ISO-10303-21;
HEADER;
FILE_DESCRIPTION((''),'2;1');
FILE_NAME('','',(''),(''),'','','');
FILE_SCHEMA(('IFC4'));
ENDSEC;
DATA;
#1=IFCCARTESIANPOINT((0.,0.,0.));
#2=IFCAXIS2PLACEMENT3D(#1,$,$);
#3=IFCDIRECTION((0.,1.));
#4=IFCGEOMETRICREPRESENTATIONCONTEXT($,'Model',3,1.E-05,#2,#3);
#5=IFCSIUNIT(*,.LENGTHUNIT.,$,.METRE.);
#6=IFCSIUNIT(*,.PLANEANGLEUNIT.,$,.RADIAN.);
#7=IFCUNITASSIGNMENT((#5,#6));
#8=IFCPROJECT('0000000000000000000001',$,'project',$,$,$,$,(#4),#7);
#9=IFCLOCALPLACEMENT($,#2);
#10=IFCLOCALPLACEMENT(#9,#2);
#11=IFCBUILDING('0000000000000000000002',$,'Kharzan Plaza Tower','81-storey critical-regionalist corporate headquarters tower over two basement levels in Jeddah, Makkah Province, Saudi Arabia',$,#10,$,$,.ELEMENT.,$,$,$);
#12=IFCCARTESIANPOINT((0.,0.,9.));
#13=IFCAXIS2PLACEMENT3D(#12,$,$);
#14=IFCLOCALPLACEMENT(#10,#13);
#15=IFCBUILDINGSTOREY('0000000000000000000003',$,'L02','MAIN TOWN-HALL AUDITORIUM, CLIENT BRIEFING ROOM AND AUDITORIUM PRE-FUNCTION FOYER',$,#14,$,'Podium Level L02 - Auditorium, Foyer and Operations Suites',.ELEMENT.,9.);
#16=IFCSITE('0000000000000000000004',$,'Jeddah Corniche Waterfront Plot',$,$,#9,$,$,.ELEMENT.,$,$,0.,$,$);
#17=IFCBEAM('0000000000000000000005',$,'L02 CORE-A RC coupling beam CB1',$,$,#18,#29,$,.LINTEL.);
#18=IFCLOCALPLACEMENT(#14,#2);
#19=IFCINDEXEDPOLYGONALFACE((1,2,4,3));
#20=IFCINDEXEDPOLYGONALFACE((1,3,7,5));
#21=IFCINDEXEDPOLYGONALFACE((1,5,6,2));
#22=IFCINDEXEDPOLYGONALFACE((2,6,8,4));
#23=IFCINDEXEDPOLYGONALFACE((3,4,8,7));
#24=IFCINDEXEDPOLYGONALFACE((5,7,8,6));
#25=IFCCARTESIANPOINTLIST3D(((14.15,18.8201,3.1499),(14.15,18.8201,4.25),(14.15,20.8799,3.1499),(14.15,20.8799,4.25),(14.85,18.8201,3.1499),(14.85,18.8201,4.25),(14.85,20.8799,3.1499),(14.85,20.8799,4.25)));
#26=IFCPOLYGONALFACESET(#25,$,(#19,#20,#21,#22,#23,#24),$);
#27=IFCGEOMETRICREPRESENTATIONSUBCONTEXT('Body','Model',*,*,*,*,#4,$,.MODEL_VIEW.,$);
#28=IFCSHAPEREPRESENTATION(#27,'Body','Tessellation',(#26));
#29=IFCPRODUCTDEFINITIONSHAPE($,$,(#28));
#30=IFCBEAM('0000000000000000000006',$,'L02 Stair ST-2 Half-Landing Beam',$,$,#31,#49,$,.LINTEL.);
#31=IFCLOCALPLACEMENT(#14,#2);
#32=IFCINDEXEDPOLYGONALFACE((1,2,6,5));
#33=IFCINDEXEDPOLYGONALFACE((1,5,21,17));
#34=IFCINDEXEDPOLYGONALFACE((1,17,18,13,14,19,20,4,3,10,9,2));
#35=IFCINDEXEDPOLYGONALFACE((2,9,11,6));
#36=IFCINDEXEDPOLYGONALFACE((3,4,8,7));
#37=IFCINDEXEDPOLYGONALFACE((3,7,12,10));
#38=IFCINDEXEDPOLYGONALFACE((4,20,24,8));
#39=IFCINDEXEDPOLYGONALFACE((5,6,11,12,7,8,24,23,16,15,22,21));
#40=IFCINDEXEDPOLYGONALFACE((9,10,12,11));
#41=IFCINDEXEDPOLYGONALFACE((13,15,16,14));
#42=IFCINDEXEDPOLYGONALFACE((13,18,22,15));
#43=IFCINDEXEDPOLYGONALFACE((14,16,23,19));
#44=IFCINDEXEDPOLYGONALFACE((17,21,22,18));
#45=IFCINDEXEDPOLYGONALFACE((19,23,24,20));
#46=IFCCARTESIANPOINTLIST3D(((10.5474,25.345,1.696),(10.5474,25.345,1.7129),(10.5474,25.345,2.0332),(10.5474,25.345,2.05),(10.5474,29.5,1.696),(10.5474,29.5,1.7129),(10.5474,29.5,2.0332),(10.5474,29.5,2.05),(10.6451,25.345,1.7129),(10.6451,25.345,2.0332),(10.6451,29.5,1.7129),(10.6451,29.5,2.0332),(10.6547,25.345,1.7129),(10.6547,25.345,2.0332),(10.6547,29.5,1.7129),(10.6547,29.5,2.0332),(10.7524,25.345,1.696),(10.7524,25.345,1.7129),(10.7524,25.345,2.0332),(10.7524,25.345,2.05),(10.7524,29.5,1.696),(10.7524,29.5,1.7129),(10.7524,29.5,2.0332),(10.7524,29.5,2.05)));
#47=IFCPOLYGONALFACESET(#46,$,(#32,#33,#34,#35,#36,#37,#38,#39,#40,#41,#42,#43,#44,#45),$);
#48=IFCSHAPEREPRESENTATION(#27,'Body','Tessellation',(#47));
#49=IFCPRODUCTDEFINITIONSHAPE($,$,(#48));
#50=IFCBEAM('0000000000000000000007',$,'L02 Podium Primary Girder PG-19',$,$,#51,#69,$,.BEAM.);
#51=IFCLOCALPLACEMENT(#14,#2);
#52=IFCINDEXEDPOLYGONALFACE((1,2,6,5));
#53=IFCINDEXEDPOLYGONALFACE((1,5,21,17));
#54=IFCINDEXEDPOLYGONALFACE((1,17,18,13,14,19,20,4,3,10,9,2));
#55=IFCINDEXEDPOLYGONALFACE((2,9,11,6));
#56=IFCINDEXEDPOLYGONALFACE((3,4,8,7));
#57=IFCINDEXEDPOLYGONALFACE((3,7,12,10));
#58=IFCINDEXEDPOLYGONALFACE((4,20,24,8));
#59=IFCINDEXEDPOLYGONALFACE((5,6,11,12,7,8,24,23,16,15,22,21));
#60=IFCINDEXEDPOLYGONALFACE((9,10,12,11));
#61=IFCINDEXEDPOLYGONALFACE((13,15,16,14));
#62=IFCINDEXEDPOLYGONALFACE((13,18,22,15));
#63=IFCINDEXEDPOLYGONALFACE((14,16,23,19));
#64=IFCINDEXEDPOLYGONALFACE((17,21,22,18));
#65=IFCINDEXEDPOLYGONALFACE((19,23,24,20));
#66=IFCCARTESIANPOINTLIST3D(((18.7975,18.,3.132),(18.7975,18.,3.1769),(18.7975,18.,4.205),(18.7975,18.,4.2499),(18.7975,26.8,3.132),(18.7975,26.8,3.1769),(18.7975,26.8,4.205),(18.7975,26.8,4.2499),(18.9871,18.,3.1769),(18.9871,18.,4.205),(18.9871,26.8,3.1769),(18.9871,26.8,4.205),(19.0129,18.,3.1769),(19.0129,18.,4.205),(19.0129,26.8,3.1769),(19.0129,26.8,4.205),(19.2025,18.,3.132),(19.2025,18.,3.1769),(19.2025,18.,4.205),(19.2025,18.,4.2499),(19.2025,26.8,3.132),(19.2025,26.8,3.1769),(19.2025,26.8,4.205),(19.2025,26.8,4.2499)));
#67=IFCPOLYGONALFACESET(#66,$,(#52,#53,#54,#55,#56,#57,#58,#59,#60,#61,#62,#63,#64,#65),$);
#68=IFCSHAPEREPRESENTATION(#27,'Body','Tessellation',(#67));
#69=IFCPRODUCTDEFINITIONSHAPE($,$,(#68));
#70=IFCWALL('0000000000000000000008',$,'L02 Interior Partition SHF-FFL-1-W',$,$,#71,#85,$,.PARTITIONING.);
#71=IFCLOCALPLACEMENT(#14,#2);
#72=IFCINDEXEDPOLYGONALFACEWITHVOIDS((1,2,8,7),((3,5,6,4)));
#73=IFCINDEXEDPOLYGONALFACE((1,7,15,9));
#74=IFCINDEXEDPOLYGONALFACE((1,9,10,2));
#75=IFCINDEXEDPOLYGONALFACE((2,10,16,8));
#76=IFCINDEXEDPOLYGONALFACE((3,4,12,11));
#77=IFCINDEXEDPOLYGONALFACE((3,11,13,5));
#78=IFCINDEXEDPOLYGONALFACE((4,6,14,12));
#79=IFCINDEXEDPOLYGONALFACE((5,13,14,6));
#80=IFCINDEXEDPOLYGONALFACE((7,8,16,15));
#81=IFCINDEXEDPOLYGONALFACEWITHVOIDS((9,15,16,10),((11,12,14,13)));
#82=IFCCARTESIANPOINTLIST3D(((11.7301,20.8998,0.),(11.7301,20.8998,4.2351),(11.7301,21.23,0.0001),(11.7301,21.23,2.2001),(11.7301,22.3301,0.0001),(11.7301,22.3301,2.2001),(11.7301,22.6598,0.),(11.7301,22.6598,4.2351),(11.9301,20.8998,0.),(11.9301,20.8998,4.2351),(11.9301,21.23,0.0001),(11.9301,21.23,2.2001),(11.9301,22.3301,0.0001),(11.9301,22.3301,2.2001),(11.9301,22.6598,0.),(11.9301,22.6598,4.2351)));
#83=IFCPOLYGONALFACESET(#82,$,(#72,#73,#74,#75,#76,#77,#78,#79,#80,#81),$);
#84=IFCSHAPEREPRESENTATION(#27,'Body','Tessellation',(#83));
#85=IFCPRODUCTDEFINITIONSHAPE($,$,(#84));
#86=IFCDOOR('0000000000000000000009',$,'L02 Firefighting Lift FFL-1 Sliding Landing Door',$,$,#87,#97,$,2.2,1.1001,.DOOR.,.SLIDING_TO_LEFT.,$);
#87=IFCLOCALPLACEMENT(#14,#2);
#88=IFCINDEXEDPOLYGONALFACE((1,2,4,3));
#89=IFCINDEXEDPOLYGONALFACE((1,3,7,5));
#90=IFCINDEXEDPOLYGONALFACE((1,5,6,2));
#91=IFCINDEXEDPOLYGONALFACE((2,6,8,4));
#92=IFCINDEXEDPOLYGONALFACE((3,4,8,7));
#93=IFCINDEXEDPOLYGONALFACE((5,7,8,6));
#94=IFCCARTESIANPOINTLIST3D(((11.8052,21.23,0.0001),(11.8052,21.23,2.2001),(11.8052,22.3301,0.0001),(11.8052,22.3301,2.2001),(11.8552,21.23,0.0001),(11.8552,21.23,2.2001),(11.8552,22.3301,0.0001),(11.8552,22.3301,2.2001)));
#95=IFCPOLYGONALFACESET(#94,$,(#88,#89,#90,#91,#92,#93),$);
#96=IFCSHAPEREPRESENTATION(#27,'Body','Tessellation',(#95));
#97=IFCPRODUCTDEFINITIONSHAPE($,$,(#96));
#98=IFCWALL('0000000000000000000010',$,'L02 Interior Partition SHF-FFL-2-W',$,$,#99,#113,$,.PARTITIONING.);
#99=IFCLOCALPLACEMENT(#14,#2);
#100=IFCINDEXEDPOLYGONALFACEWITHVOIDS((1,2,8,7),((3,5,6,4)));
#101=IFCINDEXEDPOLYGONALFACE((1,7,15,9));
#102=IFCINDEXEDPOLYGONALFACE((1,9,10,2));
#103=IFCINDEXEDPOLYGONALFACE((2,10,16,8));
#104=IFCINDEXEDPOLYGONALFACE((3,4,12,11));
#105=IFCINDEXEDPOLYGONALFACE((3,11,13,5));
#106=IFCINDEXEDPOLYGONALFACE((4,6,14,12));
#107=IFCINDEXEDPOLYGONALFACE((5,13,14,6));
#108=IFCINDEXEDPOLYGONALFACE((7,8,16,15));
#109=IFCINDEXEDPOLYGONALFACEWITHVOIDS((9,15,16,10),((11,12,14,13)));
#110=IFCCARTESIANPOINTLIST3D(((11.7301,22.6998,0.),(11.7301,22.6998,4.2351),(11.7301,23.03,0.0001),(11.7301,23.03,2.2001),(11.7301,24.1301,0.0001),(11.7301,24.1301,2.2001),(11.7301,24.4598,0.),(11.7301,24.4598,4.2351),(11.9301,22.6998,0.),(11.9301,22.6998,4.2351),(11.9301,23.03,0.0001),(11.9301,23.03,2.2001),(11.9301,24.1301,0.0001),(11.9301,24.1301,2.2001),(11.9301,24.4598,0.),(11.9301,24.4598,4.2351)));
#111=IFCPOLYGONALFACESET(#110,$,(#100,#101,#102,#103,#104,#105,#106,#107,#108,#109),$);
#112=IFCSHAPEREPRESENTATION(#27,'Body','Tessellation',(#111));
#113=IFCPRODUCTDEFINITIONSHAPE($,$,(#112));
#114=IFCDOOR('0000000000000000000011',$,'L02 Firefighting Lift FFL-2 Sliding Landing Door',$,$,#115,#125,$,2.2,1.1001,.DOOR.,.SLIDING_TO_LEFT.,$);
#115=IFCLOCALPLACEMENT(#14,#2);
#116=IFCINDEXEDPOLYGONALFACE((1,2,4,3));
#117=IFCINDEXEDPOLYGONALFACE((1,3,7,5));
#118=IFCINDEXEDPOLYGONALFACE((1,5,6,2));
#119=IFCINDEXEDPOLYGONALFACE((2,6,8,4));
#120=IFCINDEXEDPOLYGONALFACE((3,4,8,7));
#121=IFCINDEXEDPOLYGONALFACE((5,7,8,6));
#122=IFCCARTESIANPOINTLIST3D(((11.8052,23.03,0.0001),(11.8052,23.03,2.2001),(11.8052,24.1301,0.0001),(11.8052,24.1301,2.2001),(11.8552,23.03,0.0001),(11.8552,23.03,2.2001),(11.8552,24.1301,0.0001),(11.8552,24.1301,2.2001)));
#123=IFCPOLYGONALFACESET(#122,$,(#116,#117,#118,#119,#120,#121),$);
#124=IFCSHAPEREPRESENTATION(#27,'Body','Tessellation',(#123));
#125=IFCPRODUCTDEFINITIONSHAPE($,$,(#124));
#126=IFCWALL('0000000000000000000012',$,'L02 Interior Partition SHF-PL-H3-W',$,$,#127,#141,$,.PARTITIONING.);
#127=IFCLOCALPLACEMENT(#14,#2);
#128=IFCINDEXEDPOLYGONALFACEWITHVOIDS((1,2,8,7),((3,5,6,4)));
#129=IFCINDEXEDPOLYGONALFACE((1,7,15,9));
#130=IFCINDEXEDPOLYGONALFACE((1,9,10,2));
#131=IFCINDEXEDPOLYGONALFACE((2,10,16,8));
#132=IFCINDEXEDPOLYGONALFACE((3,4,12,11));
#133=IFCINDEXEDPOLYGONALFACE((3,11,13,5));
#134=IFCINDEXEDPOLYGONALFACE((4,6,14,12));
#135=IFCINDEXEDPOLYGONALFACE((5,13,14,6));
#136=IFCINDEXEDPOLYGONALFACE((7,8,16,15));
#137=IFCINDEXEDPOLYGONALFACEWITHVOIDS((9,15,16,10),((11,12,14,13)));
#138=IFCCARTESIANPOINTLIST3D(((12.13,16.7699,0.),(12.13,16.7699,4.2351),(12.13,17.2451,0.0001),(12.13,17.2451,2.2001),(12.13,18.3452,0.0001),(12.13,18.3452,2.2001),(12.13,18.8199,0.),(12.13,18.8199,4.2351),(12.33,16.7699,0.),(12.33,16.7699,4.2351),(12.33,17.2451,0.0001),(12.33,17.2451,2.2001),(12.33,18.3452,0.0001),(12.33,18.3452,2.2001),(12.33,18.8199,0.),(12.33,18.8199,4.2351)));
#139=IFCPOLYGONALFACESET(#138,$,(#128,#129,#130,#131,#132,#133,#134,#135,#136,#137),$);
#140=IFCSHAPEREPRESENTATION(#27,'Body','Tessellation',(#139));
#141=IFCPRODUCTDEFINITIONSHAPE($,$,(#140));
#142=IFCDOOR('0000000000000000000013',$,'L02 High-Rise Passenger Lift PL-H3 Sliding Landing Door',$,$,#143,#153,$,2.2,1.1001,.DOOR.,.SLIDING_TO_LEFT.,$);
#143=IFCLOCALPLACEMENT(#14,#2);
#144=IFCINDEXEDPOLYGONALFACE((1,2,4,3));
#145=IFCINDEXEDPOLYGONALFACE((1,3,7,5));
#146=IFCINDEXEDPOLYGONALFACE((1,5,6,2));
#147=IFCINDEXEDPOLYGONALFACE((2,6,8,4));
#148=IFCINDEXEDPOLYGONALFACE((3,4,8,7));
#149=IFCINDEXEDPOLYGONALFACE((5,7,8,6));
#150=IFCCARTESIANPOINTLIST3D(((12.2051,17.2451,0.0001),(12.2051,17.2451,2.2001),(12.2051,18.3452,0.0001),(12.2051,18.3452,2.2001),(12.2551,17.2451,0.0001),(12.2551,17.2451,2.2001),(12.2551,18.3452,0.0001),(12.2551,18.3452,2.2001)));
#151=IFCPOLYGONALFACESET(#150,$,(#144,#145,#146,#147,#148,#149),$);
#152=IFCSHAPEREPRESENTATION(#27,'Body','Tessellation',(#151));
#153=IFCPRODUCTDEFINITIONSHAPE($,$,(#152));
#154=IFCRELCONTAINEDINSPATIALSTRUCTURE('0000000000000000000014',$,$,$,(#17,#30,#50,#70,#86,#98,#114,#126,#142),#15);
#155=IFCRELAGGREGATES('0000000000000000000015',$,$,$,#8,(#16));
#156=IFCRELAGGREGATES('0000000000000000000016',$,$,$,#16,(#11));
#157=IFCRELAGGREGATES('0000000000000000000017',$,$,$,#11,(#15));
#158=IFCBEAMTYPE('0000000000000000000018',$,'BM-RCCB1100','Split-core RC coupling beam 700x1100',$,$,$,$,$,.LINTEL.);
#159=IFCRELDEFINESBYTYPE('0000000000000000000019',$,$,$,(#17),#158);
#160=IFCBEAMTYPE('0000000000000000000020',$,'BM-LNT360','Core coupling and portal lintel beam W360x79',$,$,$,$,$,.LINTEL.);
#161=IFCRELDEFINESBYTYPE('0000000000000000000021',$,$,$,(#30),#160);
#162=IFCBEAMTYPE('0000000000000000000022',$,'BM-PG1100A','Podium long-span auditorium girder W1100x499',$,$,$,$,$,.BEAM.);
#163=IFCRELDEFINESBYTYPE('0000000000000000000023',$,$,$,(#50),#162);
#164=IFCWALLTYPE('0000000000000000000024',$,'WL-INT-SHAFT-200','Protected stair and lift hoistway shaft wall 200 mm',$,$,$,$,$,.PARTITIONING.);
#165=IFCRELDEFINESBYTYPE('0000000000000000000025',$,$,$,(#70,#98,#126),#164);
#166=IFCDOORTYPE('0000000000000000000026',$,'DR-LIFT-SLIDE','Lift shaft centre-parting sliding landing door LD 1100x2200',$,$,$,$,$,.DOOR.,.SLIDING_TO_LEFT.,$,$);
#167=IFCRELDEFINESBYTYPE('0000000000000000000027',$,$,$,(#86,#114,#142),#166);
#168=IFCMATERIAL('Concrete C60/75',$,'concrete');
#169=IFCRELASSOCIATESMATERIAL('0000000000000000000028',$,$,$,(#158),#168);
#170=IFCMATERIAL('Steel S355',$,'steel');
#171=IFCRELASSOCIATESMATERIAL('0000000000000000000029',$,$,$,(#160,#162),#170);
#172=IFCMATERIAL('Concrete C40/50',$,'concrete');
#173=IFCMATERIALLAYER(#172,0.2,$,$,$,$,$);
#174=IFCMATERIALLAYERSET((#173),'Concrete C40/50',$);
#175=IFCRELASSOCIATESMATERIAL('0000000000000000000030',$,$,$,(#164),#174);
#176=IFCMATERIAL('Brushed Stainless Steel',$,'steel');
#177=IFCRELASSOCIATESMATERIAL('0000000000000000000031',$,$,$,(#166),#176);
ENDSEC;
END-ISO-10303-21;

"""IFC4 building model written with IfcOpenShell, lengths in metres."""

from ifc_helpers import new_model, si_unit, direction, frame, frame_2d, origin, origin_2d, place, context, subcontext, project, spatial, rectangle, i_section, extrude, source, transform, mapped, material, layer, layer_set, material_profile, profile_set, type_object, element, fill, save


model = new_model("IFC4")

# Units and contexts
model_context = context("Model", 3, precision=1e-05, world=origin(), true_north=direction((0.0, 1.0)))
body_context = subcontext(model_context, "Body", "Model", "MODEL_VIEW")
ifc_project = project(units=[si_unit("LENGTHUNIT", "METRE"), si_unit("PLANEANGLEUNIT", "RADIAN")], contexts=[model_context])

# Site, building, storey
site_placement = place(None, origin())
site = spatial("IfcSite", under=ifc_project, at=site_placement, Name="Jeddah Corniche Waterfront Plot", CompositionType="ELEMENT", RefElevation=0.0)
building_placement = place(site_placement, origin())
building = spatial("IfcBuilding", under=site, at=building_placement, Name="Kharzan Plaza Tower", Description="81-storey critical-regionalist corporate headquarters tower over two basement levels in Jeddah, Makkah Province, Saudi Arabia", CompositionType="ELEMENT")
storey_placement = place(building_placement, frame((0.0, 0.0, 9.0)))
storey = spatial("IfcBuildingStorey", under=building, at=storey_placement, Name="L02", Description="MAIN TOWN-HALL AUDITORIUM, CLIENT BRIEFING ROOM AND AUDITORIUM PRE-FUNCTION FOYER", LongName="Podium Level L02 - Auditorium, Foyer and Operations Suites", CompositionType="ELEMENT", Elevation=9.0)

# Beams
ifc_material_1 = material(Name="Concrete C60/75", Category="concrete")
ifc_material_profile_1 = material_profile(ifc_material_1, rectangle(XDim=0.7, YDim=1.1001, at=origin_2d()), Name="RC-CB1100x700")
ifc_profile_set_1 = profile_set([ifc_material_profile_1], Name="Concrete C60/75")
beam_type_1 = type_object("IfcBeamType", Name="BM-RCCB1100", Description="Split-core RC coupling beam 700x1100", PredefinedType="LINTEL", material=ifc_profile_set_1)
shared_shape_1 = source(origin(), body_context, "Body", "SweptSolid", [
    extrude(rectangle(XDim=0.7, YDim=1.1001, at=origin_2d()), origin(), (0.0, 0.0, 1.0), 2.0598),
])
beam_1_placement = place(storey_placement, frame((14.5, 18.8201, 3.7), z_axis=(0.0, 1.0, 0.0), x_axis=(-1.0, 0.0, 0.0)))
element("IfcBeam", 1, at=beam_1_placement, inside=storey, type_object=beam_type_1, Name="L02 CORE-A RC coupling beam CB1", PredefinedType="LINTEL", context=body_context, shape_type="MappedRepresentation", body=[
    mapped(shared_shape_1, transform((0.0, 0.0, 0.0), x_axis=(1.0, 0.0, 0.0), y_axis=(0.0, 1.0, 0.0), z_axis=(0.0, 0.0, 1.0))),
])
ifc_material_2 = material(Name="Steel S355", Category="steel")
ifc_material_profile_2 = material_profile(ifc_material_2, i_section(OverallWidth=0.2051, OverallDepth=0.354, WebThickness=0.0095, FlangeThickness=0.0168, at=origin_2d()), Name="W360x79")
ifc_profile_set_2 = profile_set([ifc_material_profile_2], Name="Steel S355")
beam_type_2 = type_object("IfcBeamType", Name="BM-LNT360", Description="Core coupling and portal lintel beam W360x79", PredefinedType="LINTEL", material=ifc_profile_set_2)
shared_shape_2 = source(origin(), body_context, "Body", "SweptSolid", [
    extrude(i_section(OverallWidth=0.2051, OverallDepth=0.354, WebThickness=0.0095, FlangeThickness=0.0168, at=origin_2d()), origin(), (0.0, 0.0, 1.0), 4.155),
])
beam_2_placement = place(storey_placement, frame((10.6499, 25.345, 1.873), z_axis=(0.0, 1.0, 0.0), x_axis=(-1.0, 0.0, 0.0)))
element("IfcBeam", 2, at=beam_2_placement, inside=storey, type_object=beam_type_2, Name="L02 Stair ST-2 Half-Landing Beam", PredefinedType="LINTEL", context=body_context, shape_type="MappedRepresentation", body=[
    mapped(shared_shape_2, transform((0.0, 0.0, 0.0), x_axis=(1.0, 0.0, 0.0), y_axis=(0.0, 1.0, 0.0), z_axis=(0.0, 0.0, 1.0))),
])
ifc_material_profile_3 = material_profile(ifc_material_2, i_section(OverallWidth=0.405, OverallDepth=1.1179, WebThickness=0.0259, FlangeThickness=0.0449, at=origin_2d()), Name="W1100x499")
ifc_profile_set_3 = profile_set([ifc_material_profile_3], Name="Steel S355")
beam_type_3 = type_object("IfcBeamType", Name="BM-PG1100A", Description="Podium long-span auditorium girder W1100x499", PredefinedType="BEAM", material=ifc_profile_set_3)
shared_shape_3 = source(origin(), body_context, "Body", "SweptSolid", [
    extrude(i_section(OverallWidth=0.405, OverallDepth=1.1179, WebThickness=0.0259, FlangeThickness=0.0449, at=origin_2d()), origin(), (0.0, 0.0, 1.0), 8.8),
])
beam_3_placement = place(storey_placement, frame((19.0, 18.0, 3.6909), z_axis=(0.0, 1.0, 0.0), x_axis=(-1.0, 0.0, 0.0)))
element("IfcBeam", 3, at=beam_3_placement, inside=storey, type_object=beam_type_3, Name="L02 Podium Primary Girder PG-19", PredefinedType="BEAM", context=body_context, shape_type="MappedRepresentation", body=[
    mapped(shared_shape_3, transform((0.0, 0.0, 0.0), x_axis=(1.0, 0.0, 0.0), y_axis=(0.0, 1.0, 0.0), z_axis=(0.0, 0.0, 1.0))),
])

# Walls, openings, doors
ifc_material_3 = material(Name="Concrete C40/50", Category="concrete")
ifc_layer_1 = layer(ifc_material_3, 0.2)
ifc_layer_set_1 = layer_set([ifc_layer_1], Name="Concrete C40/50")
wall_type_1 = type_object("IfcWallType", Name="WL-INT-SHAFT-200", Description="Protected stair and lift hoistway shaft wall 200 mm", PredefinedType="PARTITIONING", material=ifc_layer_set_1)
wall_1_placement = place(storey_placement, frame((11.8301, 20.8999, 0.0), z_axis=(0.0, 0.0, 1.0), x_axis=(0.0, 1.0, 0.0)))
wall_1 = element("IfcWall", 4, at=wall_1_placement, inside=storey, type_object=wall_type_1, Name="L02 Interior Partition SHF-FFL-1-W", PredefinedType="PARTITIONING", context=body_context, shape_type="SweptSolid", body=[
    extrude(rectangle(XDim=1.76, YDim=0.2, at=frame_2d((0.8799, 0.0))), origin(), (0.0, 0.0, 1.0), 4.2351),
])
opening_1_placement = place(wall_1_placement, frame((0.3301, 0.0, 0.0)))
opening_1 = element("IfcOpeningElement", 5, at=opening_1_placement, cuts=wall_1, PredefinedType="OPENING", context=body_context, shape_type="SweptSolid", body=[
    extrude(rectangle(XDim=1.1001, YDim=2.2, at=frame_2d((0.55, 1.1001))), frame((0.0, 0.1099, 0.0), z_axis=(0.0, -1.0, 0.0), x_axis=(1.0, 0.0, 0.0)), (0.0, 0.0, 1.0), 0.22),
])
ifc_material_4 = material(Name="Brushed Stainless Steel", Category="steel")
door_type = type_object("IfcDoorType", Name="DR-LIFT-SLIDE", Description="Lift shaft centre-parting sliding landing door LD 1100x2200", OperationType="SLIDING_TO_LEFT", PredefinedType="DOOR", material=ifc_material_4)
shared_shape_4 = source(origin(), body_context, "Body", "SweptSolid", [
    extrude(rectangle(XDim=1.1001, YDim=2.2, at=frame_2d((0.55, 1.1001))), frame((0.0, 0.0249, 0.0), z_axis=(0.0, -1.0, 0.0), x_axis=(1.0, 0.0, 0.0)), (0.0, 0.0, 1.0), 0.05),
])
door_1_placement = place(opening_1_placement, origin())
door_1 = element("IfcDoor", 6, at=door_1_placement, inside=storey, type_object=door_type, Name="L02 Firefighting Lift FFL-1 Sliding Landing Door", OperationType="SLIDING_TO_LEFT", OverallHeight=2.2, OverallWidth=1.1001, PredefinedType="DOOR", context=body_context, shape_type="MappedRepresentation", body=[
    mapped(shared_shape_4, transform((0.0, 0.0, 0.0), x_axis=(1.0, 0.0, 0.0), y_axis=(0.0, 1.0, 0.0), z_axis=(0.0, 0.0, 1.0))),
])
fill(opening_1, door_1)
wall_2_placement = place(storey_placement, frame((11.8301, 22.7, 0.0), z_axis=(0.0, 0.0, 1.0), x_axis=(0.0, 1.0, 0.0)))
wall_2 = element("IfcWall", 7, at=wall_2_placement, inside=storey, type_object=wall_type_1, Name="L02 Interior Partition SHF-FFL-2-W", PredefinedType="PARTITIONING", context=body_context, shape_type="SweptSolid", body=[
    extrude(rectangle(XDim=1.76, YDim=0.2, at=frame_2d((0.8799, 0.0))), origin(), (0.0, 0.0, 1.0), 4.2351),
])
opening_2_placement = place(wall_2_placement, frame((0.3301, 0.0, 0.0)))
opening_2 = element("IfcOpeningElement", 8, at=opening_2_placement, cuts=wall_2, PredefinedType="OPENING", context=body_context, shape_type="SweptSolid", body=[
    extrude(rectangle(XDim=1.1001, YDim=2.2, at=frame_2d((0.55, 1.1001))), frame((0.0, 0.1099, 0.0), z_axis=(0.0, -1.0, 0.0), x_axis=(1.0, 0.0, 0.0)), (0.0, 0.0, 1.0), 0.22),
])
door_2_placement = place(opening_2_placement, origin())
door_2 = element("IfcDoor", 9, at=door_2_placement, inside=storey, type_object=door_type, Name="L02 Firefighting Lift FFL-2 Sliding Landing Door", OperationType="SLIDING_TO_LEFT", OverallHeight=2.2, OverallWidth=1.1001, PredefinedType="DOOR", context=body_context, shape_type="MappedRepresentation", body=[
    mapped(shared_shape_4, transform((0.0, 0.0, 0.0), x_axis=(1.0, 0.0, 0.0), y_axis=(0.0, 1.0, 0.0), z_axis=(0.0, 0.0, 1.0))),
])
fill(opening_2, door_2)
wall_3_placement = place(storey_placement, frame((12.23, 16.77, 0.0), z_axis=(0.0, 0.0, 1.0), x_axis=(0.0, 1.0, 0.0)))
wall_3 = element("IfcWall", 10, at=wall_3_placement, inside=storey, type_object=wall_type_1, Name="L02 Interior Partition SHF-PL-H3-W", PredefinedType="PARTITIONING", context=body_context, shape_type="SweptSolid", body=[
    extrude(rectangle(XDim=2.05, YDim=0.2, at=frame_2d((1.0249, 0.0))), origin(), (0.0, 0.0, 1.0), 4.2351),
])
opening_3_placement = place(wall_3_placement, frame((0.4751, 0.0, 0.0)))
opening_3 = element("IfcOpeningElement", 11, at=opening_3_placement, cuts=wall_3, PredefinedType="OPENING", context=body_context, shape_type="SweptSolid", body=[
    extrude(rectangle(XDim=1.1001, YDim=2.2, at=frame_2d((0.55, 1.1001))), frame((0.0, 0.1099, 0.0), z_axis=(0.0, -1.0, 0.0), x_axis=(1.0, 0.0, 0.0)), (0.0, 0.0, 1.0), 0.22),
])
door_3_placement = place(opening_3_placement, origin())
door_3 = element("IfcDoor", 12, at=door_3_placement, inside=storey, type_object=door_type, Name="L02 High-Rise Passenger Lift PL-H3 Sliding Landing Door", OperationType="SLIDING_TO_LEFT", OverallHeight=2.2, OverallWidth=1.1001, PredefinedType="DOOR", context=body_context, shape_type="MappedRepresentation", body=[
    mapped(shared_shape_4, transform((0.0, 0.0, 0.0), x_axis=(1.0, 0.0, 0.0), y_axis=(0.0, 1.0, 0.0), z_axis=(0.0, 0.0, 1.0))),
])
fill(opening_3, door_3)

save(model, "model.ifc")
